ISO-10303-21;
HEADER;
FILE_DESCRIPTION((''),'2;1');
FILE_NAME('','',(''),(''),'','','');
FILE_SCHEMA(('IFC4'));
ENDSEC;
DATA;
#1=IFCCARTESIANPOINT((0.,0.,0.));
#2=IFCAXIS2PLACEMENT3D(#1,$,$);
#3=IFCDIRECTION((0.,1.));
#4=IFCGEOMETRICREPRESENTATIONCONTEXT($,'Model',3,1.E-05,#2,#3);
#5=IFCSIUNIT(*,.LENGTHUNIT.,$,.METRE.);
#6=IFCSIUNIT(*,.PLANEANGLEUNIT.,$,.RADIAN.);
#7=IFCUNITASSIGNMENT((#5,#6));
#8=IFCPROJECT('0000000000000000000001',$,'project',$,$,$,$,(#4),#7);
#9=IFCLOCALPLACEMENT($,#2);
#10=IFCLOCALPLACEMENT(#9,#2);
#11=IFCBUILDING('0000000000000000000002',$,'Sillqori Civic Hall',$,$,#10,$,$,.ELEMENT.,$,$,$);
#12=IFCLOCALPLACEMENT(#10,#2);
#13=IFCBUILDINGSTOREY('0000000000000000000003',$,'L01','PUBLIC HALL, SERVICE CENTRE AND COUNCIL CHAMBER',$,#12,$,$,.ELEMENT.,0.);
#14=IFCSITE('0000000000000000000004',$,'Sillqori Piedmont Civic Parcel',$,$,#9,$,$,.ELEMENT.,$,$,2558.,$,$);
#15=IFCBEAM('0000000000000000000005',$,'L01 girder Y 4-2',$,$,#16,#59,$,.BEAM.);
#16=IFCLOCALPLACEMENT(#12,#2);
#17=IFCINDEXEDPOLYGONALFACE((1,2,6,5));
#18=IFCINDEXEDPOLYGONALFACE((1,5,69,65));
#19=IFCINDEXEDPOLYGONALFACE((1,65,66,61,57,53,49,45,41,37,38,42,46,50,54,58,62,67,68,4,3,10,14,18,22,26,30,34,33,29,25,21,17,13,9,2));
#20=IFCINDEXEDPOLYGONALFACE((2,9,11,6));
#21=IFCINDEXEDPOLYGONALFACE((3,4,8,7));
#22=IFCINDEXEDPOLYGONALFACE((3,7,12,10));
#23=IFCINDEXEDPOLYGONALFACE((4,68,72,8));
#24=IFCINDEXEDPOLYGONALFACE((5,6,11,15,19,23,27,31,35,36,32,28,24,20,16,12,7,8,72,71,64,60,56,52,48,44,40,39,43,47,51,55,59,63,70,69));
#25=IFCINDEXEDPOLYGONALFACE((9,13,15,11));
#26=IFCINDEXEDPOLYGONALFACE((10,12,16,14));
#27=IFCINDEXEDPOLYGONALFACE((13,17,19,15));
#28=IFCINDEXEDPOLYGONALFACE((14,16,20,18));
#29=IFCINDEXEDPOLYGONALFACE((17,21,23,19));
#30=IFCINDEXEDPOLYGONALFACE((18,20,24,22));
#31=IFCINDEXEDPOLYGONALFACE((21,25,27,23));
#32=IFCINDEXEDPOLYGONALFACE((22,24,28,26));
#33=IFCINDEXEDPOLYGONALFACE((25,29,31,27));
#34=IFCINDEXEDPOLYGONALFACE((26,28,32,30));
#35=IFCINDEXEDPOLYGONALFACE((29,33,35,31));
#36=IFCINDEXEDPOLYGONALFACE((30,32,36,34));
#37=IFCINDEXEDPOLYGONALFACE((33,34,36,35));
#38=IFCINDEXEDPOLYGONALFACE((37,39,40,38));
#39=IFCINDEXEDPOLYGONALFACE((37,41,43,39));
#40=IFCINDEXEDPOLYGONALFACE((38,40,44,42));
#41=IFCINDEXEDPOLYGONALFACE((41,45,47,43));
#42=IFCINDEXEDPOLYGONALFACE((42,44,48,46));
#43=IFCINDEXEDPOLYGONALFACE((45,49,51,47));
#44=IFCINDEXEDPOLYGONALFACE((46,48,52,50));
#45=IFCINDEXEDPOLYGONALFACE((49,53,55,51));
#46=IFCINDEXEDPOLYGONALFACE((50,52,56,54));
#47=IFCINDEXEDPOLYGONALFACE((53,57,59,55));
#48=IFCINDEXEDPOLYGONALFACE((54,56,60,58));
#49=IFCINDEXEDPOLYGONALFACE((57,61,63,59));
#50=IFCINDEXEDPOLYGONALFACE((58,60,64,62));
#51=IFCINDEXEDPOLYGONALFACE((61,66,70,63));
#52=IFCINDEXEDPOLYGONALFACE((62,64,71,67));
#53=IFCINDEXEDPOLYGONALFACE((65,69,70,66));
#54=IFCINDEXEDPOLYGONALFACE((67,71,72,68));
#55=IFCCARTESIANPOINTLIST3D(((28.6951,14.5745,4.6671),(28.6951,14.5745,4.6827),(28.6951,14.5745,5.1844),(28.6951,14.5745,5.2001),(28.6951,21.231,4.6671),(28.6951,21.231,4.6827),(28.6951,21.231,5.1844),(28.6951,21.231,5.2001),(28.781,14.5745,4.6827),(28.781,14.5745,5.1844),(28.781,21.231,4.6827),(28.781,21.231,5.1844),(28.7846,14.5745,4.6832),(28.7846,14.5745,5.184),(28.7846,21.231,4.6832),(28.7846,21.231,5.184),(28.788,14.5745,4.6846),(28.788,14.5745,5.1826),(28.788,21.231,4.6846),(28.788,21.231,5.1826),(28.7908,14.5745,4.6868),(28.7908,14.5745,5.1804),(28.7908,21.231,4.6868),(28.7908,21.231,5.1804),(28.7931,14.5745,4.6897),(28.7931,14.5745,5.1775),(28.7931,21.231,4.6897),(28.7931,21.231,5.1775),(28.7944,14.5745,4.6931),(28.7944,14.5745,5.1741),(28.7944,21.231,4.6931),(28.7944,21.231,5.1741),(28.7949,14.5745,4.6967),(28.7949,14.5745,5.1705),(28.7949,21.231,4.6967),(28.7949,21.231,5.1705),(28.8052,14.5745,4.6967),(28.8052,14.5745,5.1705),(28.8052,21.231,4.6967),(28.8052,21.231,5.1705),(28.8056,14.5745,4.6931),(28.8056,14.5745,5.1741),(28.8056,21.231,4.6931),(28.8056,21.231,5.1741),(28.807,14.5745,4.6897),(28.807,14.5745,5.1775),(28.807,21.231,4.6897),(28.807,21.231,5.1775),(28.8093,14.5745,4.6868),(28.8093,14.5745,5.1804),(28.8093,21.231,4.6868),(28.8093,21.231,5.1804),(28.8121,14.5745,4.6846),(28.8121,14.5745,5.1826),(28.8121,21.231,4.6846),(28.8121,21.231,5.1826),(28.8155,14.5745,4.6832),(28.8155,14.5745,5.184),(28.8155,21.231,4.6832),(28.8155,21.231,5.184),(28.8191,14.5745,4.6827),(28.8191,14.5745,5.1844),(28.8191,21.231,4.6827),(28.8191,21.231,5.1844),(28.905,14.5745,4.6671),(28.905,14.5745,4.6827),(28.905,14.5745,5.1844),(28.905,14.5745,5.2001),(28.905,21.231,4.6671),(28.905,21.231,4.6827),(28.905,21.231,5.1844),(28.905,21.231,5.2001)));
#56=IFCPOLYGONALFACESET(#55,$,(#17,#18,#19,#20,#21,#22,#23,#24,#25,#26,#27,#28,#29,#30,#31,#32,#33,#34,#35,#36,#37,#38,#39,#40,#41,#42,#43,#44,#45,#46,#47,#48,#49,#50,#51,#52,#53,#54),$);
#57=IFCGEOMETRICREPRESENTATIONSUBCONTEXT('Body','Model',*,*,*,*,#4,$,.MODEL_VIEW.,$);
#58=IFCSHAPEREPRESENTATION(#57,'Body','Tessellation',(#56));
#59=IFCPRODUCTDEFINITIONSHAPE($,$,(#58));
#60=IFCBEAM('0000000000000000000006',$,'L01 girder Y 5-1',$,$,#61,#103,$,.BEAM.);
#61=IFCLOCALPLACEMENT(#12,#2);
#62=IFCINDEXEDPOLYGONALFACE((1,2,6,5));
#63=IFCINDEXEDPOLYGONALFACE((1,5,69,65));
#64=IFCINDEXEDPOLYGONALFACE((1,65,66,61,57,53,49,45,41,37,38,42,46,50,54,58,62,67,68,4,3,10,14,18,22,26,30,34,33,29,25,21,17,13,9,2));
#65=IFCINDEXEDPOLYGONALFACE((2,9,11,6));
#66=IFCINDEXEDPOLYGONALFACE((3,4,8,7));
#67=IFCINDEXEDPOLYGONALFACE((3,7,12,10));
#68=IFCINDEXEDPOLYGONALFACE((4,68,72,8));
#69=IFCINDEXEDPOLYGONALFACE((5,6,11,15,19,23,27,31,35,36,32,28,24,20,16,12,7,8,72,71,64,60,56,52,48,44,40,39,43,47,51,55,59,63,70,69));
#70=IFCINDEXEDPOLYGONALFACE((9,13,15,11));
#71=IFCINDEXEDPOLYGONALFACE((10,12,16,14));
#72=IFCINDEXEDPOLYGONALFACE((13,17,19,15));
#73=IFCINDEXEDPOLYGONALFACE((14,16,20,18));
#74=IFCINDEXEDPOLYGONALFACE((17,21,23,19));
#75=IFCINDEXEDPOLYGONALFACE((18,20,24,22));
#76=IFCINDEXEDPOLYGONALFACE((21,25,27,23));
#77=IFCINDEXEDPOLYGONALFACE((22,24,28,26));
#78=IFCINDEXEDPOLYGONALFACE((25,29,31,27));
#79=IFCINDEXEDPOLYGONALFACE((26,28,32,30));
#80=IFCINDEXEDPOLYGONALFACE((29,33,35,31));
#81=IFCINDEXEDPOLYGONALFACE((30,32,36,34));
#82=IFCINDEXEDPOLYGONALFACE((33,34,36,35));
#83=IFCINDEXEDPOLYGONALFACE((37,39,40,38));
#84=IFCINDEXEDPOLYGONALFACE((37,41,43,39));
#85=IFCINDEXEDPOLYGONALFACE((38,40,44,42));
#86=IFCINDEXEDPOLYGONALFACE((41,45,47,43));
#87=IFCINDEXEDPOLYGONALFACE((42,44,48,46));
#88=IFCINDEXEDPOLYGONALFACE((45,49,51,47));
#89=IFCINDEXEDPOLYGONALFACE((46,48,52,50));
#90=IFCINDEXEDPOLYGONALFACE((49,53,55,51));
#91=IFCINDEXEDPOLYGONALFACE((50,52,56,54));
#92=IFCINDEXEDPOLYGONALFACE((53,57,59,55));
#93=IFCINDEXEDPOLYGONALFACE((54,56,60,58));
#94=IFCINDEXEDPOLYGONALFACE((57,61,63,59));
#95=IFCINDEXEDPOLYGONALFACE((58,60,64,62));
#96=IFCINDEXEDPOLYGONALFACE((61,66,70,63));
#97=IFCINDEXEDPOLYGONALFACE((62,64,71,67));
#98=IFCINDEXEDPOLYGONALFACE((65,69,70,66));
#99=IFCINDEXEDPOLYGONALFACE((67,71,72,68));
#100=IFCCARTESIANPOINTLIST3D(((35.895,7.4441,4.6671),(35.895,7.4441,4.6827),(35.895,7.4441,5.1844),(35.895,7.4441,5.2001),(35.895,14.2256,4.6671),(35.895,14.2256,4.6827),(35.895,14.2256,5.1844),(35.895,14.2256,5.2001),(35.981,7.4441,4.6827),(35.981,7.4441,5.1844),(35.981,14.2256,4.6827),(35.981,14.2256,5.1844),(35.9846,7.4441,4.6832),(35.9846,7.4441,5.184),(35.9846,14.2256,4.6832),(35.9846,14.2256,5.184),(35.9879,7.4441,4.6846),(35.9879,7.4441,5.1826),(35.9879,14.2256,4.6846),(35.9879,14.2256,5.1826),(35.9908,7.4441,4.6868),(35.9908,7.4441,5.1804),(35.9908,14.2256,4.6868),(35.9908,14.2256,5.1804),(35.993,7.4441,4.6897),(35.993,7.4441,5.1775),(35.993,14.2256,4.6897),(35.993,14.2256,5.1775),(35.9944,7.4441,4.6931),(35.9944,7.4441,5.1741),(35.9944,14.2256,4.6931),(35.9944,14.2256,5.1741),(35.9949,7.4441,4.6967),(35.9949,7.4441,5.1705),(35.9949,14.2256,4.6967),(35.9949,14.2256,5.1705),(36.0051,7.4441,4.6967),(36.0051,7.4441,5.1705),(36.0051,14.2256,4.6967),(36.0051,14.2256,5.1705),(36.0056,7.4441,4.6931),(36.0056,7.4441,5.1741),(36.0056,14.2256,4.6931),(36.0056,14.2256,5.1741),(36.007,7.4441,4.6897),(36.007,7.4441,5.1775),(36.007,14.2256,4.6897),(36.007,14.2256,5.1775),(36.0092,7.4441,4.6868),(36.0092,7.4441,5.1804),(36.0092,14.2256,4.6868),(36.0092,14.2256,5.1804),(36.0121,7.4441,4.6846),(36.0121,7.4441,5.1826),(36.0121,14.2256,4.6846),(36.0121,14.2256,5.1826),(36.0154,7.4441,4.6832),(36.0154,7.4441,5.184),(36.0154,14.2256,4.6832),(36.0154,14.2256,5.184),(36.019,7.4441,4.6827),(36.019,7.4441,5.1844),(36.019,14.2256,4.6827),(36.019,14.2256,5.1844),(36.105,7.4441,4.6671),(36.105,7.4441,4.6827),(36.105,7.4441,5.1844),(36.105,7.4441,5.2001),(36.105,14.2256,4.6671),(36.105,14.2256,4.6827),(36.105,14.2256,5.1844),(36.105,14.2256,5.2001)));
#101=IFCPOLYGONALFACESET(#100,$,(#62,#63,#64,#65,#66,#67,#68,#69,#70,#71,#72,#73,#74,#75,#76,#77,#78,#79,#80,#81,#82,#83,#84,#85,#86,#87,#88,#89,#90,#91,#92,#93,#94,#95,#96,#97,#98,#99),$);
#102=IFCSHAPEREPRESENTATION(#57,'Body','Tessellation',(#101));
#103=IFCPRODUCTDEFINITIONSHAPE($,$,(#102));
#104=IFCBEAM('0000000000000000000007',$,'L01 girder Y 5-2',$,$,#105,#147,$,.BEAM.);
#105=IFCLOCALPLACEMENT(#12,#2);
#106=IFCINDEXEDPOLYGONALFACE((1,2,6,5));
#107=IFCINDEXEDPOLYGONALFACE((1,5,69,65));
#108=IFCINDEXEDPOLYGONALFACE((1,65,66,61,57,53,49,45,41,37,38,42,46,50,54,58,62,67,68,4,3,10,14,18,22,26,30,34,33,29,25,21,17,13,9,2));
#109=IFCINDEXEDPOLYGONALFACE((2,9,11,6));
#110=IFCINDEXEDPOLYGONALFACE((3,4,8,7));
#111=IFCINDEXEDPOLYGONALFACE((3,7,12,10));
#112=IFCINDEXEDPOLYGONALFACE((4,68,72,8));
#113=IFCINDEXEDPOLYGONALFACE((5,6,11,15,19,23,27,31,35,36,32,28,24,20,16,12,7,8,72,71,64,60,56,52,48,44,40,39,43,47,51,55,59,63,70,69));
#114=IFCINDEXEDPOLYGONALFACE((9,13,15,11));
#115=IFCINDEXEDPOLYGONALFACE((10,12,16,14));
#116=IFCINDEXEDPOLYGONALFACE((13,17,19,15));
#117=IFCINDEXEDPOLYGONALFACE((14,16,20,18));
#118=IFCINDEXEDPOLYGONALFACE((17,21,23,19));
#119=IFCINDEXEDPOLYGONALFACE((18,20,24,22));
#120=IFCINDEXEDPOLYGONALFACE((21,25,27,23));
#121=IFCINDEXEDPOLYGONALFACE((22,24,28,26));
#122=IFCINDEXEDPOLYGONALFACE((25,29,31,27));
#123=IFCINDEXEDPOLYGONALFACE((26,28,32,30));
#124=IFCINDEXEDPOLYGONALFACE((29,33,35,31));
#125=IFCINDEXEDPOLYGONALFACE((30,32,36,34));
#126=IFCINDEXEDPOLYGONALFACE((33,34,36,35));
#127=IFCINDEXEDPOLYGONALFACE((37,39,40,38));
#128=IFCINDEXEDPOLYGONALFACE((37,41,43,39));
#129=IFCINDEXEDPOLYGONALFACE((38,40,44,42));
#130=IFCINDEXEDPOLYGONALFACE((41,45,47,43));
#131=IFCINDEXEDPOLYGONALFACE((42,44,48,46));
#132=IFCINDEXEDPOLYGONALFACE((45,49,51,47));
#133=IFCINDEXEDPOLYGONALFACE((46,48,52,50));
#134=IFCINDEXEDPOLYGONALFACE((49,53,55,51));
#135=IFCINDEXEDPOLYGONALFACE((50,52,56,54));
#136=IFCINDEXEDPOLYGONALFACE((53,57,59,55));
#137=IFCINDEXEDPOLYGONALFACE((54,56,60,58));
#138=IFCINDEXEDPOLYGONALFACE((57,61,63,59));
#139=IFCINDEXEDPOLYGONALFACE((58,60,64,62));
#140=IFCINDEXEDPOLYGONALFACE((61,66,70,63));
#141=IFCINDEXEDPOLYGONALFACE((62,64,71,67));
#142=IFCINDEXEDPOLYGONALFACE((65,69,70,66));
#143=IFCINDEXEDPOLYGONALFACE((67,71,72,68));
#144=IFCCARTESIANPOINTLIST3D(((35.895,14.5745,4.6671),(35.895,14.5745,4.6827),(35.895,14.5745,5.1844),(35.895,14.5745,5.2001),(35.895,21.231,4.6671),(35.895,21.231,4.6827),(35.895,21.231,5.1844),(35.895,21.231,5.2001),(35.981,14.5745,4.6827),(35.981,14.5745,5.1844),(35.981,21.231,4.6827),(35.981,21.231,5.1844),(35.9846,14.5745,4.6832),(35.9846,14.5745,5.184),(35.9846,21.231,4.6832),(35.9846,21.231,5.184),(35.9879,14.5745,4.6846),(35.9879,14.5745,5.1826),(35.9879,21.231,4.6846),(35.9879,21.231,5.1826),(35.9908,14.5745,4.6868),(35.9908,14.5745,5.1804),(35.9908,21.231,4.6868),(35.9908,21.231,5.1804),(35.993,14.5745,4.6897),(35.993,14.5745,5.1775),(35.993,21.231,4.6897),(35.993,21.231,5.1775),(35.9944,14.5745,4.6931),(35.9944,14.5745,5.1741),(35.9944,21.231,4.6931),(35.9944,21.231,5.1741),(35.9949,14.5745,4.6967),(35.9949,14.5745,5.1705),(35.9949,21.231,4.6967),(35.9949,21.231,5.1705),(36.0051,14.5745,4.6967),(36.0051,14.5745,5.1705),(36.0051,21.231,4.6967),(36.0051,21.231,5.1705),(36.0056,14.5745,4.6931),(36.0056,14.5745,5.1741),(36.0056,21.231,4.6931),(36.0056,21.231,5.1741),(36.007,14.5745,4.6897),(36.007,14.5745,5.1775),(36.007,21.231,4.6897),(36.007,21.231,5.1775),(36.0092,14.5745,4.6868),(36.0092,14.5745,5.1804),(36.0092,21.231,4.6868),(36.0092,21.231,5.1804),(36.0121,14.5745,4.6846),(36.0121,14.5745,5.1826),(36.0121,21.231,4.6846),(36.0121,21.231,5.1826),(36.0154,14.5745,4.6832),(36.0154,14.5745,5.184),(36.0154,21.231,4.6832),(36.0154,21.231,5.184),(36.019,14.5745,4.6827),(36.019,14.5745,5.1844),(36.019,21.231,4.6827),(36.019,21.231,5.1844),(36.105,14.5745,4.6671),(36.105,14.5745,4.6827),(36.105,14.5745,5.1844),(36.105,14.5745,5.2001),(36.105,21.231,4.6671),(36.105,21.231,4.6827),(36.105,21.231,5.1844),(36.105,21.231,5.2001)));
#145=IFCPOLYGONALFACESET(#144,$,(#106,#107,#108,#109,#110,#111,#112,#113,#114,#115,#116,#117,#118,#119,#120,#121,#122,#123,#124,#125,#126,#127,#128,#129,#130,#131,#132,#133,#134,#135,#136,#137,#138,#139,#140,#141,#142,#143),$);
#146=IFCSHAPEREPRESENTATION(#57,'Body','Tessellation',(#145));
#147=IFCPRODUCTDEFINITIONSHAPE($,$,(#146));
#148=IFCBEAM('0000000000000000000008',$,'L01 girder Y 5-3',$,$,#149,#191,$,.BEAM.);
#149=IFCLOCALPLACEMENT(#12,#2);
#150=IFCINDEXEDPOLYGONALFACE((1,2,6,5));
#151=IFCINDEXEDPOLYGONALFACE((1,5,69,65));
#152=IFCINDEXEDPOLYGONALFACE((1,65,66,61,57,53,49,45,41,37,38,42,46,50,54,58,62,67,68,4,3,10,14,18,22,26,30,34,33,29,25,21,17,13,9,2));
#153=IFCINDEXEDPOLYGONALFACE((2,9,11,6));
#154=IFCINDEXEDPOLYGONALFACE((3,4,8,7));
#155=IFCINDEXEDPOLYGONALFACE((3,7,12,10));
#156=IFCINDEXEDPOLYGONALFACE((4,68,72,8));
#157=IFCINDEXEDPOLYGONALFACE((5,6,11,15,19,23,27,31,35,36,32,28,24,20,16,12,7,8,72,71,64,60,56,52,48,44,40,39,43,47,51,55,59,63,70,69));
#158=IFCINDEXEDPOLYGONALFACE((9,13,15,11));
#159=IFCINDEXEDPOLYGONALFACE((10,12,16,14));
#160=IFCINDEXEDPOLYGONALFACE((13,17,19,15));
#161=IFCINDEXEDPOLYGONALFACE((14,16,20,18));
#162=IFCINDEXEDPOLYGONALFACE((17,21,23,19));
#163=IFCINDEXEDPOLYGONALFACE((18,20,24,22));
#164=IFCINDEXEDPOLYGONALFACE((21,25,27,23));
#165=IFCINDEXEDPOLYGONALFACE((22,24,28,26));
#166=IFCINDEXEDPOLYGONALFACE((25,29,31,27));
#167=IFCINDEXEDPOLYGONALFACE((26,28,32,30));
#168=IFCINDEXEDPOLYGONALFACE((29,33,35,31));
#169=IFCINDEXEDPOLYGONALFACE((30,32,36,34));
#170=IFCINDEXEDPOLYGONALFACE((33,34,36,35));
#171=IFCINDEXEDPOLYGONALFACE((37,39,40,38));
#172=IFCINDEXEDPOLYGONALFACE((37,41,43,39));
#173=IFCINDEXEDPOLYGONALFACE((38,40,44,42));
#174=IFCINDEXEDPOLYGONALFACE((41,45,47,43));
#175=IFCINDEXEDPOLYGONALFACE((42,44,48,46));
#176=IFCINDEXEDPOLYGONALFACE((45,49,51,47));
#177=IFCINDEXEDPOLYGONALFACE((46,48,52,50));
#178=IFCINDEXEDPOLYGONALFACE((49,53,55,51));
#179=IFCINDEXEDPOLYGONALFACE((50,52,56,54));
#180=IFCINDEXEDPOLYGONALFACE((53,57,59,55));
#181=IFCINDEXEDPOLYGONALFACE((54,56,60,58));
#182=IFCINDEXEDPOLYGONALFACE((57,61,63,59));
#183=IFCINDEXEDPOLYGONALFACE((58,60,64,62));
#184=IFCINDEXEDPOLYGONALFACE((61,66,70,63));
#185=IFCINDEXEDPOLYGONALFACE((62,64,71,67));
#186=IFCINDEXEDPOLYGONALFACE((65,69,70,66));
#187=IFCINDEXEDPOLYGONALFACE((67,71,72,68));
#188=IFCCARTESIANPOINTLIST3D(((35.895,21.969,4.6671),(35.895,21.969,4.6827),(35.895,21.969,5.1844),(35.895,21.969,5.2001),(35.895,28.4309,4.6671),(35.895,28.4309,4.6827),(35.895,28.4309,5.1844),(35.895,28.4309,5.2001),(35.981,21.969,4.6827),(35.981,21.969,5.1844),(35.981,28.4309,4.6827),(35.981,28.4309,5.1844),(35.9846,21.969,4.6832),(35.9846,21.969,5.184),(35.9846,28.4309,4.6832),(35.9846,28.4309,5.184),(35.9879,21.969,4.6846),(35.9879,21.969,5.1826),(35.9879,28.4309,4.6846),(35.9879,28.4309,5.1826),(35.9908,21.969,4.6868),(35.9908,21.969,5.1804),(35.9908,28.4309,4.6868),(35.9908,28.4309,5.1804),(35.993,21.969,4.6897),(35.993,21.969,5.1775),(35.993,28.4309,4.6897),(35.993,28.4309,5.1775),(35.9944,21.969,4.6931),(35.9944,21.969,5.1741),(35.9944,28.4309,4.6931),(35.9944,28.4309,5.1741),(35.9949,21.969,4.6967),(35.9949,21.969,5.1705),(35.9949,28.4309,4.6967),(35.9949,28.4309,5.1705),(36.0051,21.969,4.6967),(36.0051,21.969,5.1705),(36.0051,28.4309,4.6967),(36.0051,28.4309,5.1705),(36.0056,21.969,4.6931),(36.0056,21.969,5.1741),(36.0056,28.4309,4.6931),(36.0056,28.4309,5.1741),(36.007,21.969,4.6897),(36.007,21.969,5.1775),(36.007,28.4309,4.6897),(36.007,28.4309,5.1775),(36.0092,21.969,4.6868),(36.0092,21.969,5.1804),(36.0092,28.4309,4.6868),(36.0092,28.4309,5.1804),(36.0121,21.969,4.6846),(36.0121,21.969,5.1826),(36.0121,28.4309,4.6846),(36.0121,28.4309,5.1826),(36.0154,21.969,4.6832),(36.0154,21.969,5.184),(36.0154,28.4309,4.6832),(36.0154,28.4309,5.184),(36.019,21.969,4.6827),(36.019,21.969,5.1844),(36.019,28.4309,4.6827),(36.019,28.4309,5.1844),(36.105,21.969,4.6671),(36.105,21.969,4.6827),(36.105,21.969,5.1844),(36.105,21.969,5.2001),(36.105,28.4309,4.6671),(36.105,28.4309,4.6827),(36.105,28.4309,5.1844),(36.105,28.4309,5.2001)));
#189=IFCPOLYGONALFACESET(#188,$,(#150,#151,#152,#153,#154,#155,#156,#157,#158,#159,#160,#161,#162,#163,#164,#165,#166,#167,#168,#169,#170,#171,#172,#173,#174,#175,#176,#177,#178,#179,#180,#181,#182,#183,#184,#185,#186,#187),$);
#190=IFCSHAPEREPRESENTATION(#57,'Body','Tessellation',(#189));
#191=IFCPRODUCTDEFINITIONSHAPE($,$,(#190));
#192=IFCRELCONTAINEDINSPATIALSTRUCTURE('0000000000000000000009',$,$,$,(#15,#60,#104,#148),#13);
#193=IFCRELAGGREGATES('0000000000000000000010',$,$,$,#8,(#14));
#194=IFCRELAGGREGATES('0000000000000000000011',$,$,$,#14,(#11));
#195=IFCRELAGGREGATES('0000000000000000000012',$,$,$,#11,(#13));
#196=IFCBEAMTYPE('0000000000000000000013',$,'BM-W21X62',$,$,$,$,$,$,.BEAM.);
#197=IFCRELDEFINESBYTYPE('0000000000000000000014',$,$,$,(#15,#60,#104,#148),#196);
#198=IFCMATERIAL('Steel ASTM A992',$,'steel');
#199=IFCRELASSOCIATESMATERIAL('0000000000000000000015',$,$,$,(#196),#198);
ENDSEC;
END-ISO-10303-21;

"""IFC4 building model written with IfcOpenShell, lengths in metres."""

from ifc_helpers import new_model, si_unit, direction, frame, origin, origin_2d, place, context, subcontext, project, spatial, i_section, extrude, material, material_profile, profile_set, type_object, element, save


model = new_model("IFC4")

# Units and contexts
model_context = context("Model", 3, precision=1e-05, world=origin(), true_north=direction((0.0, 1.0)))
body_context = subcontext(model_context, "Body", "Model", "MODEL_VIEW")
ifc_project = project(units=[si_unit("LENGTHUNIT", "METRE"), si_unit("PLANEANGLEUNIT", "RADIAN")], contexts=[model_context])

# Site, building, storey
site_placement = place(None, origin())
site = spatial("IfcSite", under=ifc_project, at=site_placement, Name="Sillqori Piedmont Civic Parcel", CompositionType="ELEMENT", RefElevation=2558.0)
building_placement = place(site_placement, origin())
building = spatial("IfcBuilding", under=site, at=building_placement, Name="Sillqori Civic Hall", CompositionType="ELEMENT")
storey_placement = place(building_placement, origin())
storey = spatial("IfcBuildingStorey", under=building, at=storey_placement, Name="L01", Description="PUBLIC HALL, SERVICE CENTRE AND COUNCIL CHAMBER", CompositionType="ELEMENT", Elevation=0.0)

# Shared definitions
ifc_material_1 = material(Name="Steel ASTM A992", Category="steel")

# Beams
ifc_material_profile_1 = material_profile(ifc_material_1, i_section(OverallWidth=0.21, OverallDepth=0.533, WebThickness=0.0103, FlangeThickness=0.0156, FilletRadius=0.0139, at=origin_2d()), Name="W21X62")
ifc_profile_set_1 = profile_set([ifc_material_profile_1], Name="Steel ASTM A992")
beam_type_1 = type_object("IfcBeamType", Name="BM-W21X62", PredefinedType="BEAM", material=ifc_profile_set_1)
beam_1_placement = place(storey_placement, frame((28.8, 14.5745, 4.9336), z_axis=(0.0, 1.0, 0.0), x_axis=(-1.0, 0.0, 0.0)))
element("IfcBeam", 1, at=beam_1_placement, inside=storey, type_object=beam_type_1, Name="L01 girder Y 4-2", PredefinedType="BEAM", context=body_context, shape_type="SweptSolid", body=[
    extrude(i_section(OverallWidth=0.21, OverallDepth=0.533, WebThickness=0.0103, FlangeThickness=0.0156, FilletRadius=0.0139, at=origin_2d()), origin(), (0.0, 0.0, 1.0), 6.6565),
])
beam_2_placement = place(storey_placement, frame((36.0, 7.4441, 4.9336), z_axis=(0.0, 1.0, 0.0), x_axis=(-1.0, 0.0, 0.0)))
element("IfcBeam", 2, at=beam_2_placement, inside=storey, type_object=beam_type_1, Name="L01 girder Y 5-1", PredefinedType="BEAM", context=body_context, shape_type="SweptSolid", body=[
    extrude(i_section(OverallWidth=0.21, OverallDepth=0.533, WebThickness=0.0103, FlangeThickness=0.0156, FilletRadius=0.0139, at=origin_2d()), origin(), (0.0, 0.0, 1.0), 6.7815),
])
beam_3_placement = place(storey_placement, frame((36.0, 14.5745, 4.9336), z_axis=(0.0, 1.0, 0.0), x_axis=(-1.0, 0.0, 0.0)))
element("IfcBeam", 3, at=beam_3_placement, inside=storey, type_object=beam_type_1, Name="L01 girder Y 5-2", PredefinedType="BEAM", context=body_context, shape_type="SweptSolid", body=[
    extrude(i_section(OverallWidth=0.21, OverallDepth=0.533, WebThickness=0.0103, FlangeThickness=0.0156, FilletRadius=0.0139, at=origin_2d()), origin(), (0.0, 0.0, 1.0), 6.6565),
])
beam_4_placement = place(storey_placement, frame((36.0, 21.969, 4.9336), z_axis=(0.0, 1.0, 0.0), x_axis=(-1.0, 0.0, 0.0)))
element("IfcBeam", 4, at=beam_4_placement, inside=storey, type_object=beam_type_1, Name="L01 girder Y 5-3", PredefinedType="BEAM", context=body_context, shape_type="SweptSolid", body=[
    extrude(i_section(OverallWidth=0.21, OverallDepth=0.533, WebThickness=0.0103, FlangeThickness=0.0156, FilletRadius=0.0139, at=origin_2d()), origin(), (0.0, 0.0, 1.0), 6.4619),
])

save(model, "model.ifc")
